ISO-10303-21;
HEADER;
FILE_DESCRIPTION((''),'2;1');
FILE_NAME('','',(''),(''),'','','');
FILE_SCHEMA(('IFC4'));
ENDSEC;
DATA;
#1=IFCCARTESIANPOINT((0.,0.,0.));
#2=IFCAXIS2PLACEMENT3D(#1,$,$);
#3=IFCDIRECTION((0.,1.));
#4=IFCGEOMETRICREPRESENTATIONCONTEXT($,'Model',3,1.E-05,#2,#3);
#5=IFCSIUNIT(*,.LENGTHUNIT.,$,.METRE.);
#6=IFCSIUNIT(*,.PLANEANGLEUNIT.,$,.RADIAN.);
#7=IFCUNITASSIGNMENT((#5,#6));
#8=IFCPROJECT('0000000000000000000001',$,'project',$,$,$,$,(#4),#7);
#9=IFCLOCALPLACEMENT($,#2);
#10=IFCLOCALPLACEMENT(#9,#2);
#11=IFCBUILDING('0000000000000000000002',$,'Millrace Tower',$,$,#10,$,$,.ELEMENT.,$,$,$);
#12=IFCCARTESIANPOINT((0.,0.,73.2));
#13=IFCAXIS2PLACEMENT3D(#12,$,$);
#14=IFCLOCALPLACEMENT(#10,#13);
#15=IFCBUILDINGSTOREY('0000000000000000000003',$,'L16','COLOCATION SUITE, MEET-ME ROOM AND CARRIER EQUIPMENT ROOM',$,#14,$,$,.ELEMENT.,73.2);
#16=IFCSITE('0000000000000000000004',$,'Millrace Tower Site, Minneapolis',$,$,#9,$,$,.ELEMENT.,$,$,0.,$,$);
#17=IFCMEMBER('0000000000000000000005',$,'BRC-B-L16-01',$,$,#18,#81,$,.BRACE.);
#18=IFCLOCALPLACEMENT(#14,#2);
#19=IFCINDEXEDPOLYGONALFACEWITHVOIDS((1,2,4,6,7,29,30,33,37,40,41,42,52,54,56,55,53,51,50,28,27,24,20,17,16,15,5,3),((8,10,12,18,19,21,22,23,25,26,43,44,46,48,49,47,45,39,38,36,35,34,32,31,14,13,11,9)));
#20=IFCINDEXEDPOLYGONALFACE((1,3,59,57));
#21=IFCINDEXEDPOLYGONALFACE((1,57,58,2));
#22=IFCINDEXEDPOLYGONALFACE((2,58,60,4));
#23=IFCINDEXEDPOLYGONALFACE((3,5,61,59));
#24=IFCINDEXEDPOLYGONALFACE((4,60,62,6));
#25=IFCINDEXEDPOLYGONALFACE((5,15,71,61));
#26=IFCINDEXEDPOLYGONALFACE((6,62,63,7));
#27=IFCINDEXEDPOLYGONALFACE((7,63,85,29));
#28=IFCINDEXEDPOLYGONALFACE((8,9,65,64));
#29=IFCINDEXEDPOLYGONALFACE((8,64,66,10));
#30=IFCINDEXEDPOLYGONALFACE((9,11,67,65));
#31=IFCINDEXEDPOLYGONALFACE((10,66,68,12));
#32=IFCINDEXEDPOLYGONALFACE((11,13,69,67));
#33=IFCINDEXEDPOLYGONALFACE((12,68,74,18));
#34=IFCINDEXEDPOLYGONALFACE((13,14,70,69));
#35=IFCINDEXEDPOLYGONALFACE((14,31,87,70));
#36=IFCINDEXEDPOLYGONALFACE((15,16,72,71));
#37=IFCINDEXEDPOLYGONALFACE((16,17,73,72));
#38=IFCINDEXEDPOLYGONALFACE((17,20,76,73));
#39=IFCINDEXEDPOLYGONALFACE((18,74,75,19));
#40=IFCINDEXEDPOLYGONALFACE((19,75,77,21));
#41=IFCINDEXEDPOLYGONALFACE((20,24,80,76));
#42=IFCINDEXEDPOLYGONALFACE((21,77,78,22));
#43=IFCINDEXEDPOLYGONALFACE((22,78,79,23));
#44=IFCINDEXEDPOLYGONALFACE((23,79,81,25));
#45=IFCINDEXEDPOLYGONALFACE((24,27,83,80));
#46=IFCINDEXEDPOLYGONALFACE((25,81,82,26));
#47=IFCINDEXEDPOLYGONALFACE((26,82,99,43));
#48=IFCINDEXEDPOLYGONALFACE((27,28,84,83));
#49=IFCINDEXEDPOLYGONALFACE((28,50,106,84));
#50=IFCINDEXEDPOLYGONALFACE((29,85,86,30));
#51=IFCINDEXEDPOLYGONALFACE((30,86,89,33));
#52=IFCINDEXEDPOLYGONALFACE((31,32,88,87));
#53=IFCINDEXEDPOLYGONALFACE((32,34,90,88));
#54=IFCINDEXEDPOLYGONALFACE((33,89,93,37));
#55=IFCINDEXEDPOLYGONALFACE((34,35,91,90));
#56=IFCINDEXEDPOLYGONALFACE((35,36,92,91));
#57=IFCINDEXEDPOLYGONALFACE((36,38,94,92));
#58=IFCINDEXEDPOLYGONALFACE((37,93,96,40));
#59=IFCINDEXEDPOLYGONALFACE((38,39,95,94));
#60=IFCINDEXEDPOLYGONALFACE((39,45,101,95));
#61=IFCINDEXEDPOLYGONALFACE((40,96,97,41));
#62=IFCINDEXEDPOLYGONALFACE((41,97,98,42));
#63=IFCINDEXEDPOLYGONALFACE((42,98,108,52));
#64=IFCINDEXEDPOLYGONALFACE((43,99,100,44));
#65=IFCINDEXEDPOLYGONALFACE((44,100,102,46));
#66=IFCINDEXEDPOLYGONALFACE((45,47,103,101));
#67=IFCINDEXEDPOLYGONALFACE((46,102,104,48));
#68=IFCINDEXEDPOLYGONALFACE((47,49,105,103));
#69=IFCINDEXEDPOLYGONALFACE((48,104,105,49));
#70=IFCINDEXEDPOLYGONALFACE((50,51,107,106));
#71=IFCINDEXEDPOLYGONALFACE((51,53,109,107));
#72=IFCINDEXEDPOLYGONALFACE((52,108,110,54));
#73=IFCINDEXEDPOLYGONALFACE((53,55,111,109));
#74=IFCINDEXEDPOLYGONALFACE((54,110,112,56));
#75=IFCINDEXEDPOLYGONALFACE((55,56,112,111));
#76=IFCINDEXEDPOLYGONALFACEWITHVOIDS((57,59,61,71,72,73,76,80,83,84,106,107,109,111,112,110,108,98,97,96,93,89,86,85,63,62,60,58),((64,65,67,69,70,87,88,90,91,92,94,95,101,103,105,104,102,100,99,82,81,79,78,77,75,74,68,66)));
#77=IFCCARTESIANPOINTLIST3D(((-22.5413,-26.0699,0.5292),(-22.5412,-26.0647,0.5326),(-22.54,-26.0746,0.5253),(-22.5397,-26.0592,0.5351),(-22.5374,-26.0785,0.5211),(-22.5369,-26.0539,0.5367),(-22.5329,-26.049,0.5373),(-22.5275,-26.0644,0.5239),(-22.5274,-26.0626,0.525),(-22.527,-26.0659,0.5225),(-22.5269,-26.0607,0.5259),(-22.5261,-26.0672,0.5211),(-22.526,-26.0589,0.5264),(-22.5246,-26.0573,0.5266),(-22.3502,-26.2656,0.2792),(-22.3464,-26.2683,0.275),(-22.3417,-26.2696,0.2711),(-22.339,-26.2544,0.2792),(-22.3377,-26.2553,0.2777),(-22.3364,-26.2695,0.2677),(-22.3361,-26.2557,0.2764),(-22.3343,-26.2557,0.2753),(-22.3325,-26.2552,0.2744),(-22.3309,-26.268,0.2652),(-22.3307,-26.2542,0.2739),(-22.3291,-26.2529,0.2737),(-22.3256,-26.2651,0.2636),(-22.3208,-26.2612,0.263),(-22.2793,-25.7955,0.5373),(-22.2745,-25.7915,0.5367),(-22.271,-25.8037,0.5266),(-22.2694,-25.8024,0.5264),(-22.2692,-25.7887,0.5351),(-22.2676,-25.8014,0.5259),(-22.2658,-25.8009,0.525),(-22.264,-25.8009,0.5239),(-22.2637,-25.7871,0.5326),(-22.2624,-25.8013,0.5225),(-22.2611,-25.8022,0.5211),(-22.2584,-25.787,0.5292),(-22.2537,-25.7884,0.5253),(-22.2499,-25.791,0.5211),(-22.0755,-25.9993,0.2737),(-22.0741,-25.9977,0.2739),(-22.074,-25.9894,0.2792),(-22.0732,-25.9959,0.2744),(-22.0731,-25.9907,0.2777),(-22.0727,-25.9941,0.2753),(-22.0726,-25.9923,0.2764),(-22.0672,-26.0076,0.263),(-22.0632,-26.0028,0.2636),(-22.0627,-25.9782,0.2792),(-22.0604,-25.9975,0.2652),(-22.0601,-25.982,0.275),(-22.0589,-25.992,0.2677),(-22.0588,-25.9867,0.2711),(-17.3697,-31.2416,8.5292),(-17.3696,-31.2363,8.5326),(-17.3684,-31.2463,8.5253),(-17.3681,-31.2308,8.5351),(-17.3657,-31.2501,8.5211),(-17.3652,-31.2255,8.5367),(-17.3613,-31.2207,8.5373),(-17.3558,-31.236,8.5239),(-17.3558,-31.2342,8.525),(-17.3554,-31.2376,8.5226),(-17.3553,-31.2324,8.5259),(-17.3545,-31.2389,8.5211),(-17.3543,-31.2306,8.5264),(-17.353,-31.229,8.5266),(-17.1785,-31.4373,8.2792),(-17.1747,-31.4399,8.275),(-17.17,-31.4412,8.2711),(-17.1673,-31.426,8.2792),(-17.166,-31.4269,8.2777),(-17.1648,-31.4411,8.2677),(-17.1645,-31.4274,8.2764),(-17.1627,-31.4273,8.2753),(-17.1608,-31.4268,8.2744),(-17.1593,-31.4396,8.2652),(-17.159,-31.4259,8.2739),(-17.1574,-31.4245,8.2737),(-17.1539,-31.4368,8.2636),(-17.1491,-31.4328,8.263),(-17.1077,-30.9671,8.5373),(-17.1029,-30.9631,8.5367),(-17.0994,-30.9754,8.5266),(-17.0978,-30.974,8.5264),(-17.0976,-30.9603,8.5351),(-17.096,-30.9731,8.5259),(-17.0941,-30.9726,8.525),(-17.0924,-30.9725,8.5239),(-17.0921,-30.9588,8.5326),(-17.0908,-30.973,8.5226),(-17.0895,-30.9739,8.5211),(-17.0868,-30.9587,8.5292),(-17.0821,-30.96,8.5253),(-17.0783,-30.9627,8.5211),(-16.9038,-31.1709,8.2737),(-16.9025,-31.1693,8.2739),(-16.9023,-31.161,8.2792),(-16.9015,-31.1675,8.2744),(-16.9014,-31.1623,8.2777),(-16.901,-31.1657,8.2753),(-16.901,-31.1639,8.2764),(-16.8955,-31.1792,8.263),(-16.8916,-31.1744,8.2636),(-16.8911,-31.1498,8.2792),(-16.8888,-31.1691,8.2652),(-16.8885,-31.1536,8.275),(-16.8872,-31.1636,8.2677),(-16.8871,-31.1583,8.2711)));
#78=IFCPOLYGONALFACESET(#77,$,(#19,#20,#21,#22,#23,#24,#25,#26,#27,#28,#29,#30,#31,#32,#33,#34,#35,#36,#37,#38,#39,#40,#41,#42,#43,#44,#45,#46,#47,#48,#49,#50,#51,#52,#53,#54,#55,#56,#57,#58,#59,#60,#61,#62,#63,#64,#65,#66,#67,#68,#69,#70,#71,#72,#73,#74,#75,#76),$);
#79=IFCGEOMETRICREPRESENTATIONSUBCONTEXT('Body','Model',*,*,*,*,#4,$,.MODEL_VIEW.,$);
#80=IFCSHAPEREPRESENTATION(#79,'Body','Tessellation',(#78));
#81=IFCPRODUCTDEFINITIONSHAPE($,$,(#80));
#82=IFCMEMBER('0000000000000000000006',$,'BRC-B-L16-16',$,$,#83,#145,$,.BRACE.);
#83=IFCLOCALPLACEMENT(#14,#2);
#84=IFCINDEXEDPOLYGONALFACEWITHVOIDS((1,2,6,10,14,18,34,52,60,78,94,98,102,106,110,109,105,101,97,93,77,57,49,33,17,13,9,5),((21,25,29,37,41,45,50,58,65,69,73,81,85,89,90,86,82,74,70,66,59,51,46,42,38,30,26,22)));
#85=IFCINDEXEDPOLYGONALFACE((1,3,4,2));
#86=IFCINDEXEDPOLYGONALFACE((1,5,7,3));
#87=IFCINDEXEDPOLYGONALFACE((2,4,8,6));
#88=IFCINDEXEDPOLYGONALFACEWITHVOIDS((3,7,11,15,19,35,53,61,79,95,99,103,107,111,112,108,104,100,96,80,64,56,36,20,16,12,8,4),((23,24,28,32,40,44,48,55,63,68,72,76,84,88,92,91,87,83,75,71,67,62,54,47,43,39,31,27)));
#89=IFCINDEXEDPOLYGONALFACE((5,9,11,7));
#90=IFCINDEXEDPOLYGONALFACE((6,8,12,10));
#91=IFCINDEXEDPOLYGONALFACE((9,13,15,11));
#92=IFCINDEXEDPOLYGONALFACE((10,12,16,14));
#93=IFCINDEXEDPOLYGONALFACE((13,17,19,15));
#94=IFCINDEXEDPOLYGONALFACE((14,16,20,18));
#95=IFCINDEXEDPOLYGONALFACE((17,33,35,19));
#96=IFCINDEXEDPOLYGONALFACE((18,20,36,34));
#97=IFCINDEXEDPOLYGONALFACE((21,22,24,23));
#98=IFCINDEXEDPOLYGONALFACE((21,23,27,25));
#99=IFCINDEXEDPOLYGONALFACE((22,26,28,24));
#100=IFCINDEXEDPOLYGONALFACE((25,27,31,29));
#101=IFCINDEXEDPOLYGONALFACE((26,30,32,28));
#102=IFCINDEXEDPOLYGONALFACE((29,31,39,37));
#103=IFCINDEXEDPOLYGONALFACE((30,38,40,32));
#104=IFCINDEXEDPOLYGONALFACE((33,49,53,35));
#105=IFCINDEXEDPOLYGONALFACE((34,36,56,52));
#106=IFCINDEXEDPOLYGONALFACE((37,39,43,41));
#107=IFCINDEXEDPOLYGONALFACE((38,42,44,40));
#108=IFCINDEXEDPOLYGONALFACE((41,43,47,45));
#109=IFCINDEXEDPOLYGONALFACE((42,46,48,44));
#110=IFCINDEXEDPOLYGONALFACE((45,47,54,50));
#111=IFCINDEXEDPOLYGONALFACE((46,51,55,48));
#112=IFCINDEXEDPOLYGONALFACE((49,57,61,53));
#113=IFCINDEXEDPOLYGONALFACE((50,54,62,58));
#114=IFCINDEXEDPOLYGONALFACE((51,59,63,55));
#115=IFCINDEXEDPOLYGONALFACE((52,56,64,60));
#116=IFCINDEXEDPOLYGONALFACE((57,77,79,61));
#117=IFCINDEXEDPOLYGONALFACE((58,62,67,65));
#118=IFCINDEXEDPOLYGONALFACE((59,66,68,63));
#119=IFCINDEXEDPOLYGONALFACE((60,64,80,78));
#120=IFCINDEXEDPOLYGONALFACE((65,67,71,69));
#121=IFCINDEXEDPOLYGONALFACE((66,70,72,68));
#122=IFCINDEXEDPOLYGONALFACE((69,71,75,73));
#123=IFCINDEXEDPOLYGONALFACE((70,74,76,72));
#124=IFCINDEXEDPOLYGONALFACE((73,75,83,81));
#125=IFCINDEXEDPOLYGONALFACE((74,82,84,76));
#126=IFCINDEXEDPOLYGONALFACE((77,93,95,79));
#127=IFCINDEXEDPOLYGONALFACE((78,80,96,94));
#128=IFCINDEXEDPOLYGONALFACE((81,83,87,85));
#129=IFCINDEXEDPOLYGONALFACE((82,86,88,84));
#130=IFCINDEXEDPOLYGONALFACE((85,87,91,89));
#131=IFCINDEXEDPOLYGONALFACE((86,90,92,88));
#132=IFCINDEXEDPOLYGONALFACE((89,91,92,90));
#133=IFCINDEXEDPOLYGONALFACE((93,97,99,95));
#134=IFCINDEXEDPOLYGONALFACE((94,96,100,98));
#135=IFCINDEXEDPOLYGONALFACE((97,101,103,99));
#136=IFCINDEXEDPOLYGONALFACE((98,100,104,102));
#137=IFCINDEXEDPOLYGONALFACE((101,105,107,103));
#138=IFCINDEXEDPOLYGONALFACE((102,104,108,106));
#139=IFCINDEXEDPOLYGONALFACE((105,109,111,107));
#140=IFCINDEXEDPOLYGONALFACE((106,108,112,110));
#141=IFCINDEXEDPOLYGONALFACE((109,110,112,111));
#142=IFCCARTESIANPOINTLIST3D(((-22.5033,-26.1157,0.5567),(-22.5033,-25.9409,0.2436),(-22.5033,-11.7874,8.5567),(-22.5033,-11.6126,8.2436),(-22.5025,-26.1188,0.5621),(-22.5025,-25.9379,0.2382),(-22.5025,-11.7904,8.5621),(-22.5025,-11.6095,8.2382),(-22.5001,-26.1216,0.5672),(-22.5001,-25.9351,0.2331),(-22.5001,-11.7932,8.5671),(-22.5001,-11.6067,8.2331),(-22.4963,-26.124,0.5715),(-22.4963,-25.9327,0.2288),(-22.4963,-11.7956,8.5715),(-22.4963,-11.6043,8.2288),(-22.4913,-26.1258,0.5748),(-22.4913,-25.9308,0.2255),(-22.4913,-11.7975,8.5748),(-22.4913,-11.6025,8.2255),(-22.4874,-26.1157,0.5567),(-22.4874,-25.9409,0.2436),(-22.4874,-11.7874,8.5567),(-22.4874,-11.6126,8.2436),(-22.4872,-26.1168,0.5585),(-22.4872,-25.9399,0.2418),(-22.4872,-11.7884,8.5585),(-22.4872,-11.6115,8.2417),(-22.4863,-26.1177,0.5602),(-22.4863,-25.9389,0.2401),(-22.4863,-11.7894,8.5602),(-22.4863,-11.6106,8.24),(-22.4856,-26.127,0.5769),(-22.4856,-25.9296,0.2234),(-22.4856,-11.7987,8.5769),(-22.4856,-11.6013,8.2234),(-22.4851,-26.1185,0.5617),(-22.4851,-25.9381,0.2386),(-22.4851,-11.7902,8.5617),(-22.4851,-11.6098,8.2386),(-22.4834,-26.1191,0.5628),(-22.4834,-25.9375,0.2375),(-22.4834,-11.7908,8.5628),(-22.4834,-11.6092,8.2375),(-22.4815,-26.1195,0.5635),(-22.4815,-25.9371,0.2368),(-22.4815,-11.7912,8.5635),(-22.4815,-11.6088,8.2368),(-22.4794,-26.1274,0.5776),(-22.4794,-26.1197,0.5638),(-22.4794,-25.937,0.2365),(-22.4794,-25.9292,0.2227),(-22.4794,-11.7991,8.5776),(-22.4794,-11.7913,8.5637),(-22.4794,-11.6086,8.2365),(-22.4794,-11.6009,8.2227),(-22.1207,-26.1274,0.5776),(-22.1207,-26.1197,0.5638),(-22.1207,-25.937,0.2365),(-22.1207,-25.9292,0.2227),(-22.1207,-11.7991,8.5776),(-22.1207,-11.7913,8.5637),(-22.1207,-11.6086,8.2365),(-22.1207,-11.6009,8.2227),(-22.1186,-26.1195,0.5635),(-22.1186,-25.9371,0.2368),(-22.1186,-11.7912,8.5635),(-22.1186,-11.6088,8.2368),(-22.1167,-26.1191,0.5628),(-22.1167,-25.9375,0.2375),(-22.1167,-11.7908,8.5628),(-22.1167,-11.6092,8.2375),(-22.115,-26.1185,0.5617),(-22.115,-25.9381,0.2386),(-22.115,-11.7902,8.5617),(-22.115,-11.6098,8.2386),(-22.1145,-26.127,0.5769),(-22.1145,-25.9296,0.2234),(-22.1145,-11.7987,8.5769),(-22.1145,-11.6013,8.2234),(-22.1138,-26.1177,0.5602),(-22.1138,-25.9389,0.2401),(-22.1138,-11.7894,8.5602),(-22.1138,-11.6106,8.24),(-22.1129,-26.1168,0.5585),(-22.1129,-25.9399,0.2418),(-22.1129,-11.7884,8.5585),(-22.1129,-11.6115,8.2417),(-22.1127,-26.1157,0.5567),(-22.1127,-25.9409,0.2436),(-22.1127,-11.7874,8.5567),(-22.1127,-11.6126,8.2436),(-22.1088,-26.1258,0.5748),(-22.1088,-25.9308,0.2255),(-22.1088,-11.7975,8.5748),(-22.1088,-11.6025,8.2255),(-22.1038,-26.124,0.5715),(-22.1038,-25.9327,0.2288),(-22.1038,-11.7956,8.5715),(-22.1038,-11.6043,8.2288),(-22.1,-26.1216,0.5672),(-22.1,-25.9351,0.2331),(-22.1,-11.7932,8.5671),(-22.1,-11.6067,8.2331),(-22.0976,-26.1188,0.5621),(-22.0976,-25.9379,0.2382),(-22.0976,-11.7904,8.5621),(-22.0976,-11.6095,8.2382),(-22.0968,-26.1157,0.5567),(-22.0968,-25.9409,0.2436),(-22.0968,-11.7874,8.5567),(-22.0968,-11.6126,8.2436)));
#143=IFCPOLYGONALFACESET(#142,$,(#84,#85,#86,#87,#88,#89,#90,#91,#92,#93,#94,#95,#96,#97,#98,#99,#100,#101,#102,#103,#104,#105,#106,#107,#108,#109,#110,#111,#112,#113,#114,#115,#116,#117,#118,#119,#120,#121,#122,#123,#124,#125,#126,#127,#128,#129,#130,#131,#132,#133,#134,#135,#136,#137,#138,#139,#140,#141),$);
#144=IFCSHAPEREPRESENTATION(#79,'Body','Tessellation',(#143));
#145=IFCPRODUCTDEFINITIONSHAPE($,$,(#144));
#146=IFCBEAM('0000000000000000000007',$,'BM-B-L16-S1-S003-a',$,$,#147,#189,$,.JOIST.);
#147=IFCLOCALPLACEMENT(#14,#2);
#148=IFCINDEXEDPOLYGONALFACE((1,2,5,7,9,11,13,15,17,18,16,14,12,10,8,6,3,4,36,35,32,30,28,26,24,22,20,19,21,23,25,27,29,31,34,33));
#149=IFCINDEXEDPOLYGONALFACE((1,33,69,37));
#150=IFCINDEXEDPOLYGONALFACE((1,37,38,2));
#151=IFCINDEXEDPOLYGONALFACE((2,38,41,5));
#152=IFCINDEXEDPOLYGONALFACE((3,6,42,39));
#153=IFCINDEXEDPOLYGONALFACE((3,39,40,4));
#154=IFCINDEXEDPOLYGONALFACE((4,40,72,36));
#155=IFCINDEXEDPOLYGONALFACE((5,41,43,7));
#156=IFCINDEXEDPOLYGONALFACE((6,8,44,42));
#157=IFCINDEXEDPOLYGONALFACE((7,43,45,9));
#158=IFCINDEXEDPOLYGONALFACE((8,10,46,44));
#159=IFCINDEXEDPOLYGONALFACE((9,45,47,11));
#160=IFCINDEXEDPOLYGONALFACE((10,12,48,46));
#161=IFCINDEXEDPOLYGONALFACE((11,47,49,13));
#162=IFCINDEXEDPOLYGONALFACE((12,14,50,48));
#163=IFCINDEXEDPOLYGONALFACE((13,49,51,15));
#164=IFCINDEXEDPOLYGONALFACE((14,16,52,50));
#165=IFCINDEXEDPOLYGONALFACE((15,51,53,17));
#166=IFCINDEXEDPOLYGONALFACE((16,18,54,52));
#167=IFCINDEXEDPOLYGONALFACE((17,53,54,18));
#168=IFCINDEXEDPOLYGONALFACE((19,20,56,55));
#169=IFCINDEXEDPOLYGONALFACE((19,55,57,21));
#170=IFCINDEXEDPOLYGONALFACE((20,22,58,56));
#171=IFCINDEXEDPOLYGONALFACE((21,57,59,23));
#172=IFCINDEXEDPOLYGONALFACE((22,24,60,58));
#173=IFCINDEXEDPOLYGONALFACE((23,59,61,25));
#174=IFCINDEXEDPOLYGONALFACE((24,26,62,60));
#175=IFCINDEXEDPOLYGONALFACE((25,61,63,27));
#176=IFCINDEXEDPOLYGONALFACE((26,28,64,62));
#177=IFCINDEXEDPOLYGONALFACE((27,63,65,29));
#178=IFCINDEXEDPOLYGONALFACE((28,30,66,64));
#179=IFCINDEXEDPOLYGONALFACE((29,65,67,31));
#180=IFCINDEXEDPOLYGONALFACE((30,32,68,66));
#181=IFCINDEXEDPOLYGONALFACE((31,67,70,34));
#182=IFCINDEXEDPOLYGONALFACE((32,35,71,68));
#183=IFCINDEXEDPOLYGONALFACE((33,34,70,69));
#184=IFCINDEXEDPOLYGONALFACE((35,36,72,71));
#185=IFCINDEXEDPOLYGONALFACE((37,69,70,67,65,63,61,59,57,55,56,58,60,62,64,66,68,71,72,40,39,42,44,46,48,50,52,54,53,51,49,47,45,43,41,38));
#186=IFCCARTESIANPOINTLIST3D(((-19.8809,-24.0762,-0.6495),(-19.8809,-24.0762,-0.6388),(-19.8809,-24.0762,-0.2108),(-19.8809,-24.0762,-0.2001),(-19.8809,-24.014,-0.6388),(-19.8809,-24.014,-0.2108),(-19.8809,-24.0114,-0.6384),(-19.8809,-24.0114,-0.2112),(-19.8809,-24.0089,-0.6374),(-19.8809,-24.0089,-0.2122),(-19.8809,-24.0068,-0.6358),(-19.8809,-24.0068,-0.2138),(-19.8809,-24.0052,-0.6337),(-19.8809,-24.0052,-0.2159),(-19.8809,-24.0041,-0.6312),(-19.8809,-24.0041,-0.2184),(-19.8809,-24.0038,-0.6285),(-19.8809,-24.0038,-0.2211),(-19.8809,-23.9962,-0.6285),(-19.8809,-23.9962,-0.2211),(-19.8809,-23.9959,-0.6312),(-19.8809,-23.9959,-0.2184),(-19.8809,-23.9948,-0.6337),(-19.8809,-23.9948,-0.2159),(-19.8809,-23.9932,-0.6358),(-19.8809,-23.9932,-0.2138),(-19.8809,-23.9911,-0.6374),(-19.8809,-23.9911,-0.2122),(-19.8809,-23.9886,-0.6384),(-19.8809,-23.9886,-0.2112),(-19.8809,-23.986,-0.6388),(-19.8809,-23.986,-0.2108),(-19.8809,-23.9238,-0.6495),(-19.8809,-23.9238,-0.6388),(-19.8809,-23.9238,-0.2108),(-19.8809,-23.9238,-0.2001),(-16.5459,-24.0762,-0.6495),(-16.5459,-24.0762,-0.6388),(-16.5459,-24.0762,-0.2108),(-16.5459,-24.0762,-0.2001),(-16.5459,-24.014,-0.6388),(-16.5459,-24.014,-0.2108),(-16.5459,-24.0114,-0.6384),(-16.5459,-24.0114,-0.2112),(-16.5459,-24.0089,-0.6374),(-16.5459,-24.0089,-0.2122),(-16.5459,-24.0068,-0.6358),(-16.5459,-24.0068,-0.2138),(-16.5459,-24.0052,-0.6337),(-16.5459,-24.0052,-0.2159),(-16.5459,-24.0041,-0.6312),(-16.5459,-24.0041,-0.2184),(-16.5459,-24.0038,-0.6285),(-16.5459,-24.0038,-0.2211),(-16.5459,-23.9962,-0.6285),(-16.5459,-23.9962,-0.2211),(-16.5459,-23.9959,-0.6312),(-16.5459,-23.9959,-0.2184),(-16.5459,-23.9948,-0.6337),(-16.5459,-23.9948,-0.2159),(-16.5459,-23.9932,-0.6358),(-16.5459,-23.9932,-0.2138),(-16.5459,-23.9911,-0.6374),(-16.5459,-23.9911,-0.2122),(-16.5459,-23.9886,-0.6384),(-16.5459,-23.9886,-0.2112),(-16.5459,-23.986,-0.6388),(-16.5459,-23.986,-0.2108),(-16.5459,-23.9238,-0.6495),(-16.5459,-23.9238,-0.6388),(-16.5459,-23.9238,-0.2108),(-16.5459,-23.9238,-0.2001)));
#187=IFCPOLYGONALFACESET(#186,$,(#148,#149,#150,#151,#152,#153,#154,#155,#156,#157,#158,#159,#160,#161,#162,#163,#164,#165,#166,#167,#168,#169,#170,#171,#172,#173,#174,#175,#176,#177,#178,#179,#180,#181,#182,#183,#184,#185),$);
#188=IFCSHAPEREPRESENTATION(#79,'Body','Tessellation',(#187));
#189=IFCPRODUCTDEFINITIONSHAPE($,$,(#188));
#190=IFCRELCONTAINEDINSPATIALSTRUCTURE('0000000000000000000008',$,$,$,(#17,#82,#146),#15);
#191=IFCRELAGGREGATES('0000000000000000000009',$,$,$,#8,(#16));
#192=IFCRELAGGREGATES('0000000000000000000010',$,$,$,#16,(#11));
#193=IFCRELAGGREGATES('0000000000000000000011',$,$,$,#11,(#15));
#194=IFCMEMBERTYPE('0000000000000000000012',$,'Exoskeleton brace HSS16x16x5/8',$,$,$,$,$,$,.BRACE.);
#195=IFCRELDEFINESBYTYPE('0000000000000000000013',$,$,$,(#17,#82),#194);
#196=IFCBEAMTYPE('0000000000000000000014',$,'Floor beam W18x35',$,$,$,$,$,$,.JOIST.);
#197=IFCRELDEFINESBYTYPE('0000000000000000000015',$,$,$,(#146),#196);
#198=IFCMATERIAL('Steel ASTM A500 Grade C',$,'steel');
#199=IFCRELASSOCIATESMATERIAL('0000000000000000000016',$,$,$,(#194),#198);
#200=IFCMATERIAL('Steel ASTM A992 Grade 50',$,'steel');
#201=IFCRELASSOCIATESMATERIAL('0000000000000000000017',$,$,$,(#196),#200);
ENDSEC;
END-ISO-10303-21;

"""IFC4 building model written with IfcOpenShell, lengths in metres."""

from ifc_helpers import new_model, si_unit, direction, frame, origin, origin_2d, place, context, subcontext, project, spatial, hollow_rectangle, i_section, extrude, material, material_profile, profile_set, type_object, element, save


model = new_model("IFC4")

# Units and contexts
model_context = context("Model", 3, precision=1e-05, world=origin(), true_north=direction((0.0, 1.0)))
body_context = subcontext(model_context, "Body", "Model", "MODEL_VIEW")
ifc_project = project(units=[si_unit("LENGTHUNIT", "METRE"), si_unit("PLANEANGLEUNIT", "RADIAN")], contexts=[model_context])

# Site, building, storey
site_placement = place(None, origin())
site = spatial("IfcSite", under=ifc_project, at=site_placement, Name="Millrace Tower Site, Minneapolis", CompositionType="ELEMENT", RefElevation=0.0)
building_placement = place(site_placement, origin())
building = spatial("IfcBuilding", under=site, at=building_placement, Name="Millrace Tower", CompositionType="ELEMENT")
storey_placement = place(building_placement, frame((0.0, 0.0, 73.2)))
storey = spatial("IfcBuildingStorey", under=building, at=storey_placement, Name="L16", Description="COLOCATION SUITE, MEET-ME ROOM AND CARRIER EQUIPMENT ROOM", CompositionType="ELEMENT", Elevation=73.2)

# Members
ifc_material_1 = material(Name="Steel ASTM A500 Grade C", Category="steel")
ifc_material_profile_1 = material_profile(ifc_material_1, hollow_rectangle(XDim=0.4065, YDim=0.4065, WallThickness=0.0159, InnerFilletRadius=0.0081, OuterFilletRadius=0.0239, at=origin_2d()))
ifc_profile_set_1 = profile_set([ifc_material_profile_1], Name="Steel ASTM A500 Grade C")
member_type_1 = type_object("IfcMemberType", Name="Exoskeleton brace HSS16x16x5/8", PredefinedType="BRACE", material=ifc_profile_set_1)
member_1_placement = place(storey_placement, frame((-22.3, -26.0283, 0.4001), z_axis=(0.477116, -0.477116, 0.738052), x_axis=(0.707107, 0.707107, 0.0)))
element("IfcMember", 1, at=member_1_placement, inside=storey, type_object=member_type_1, Name="BRC-B-L16-01", PredefinedType="BRACE", context=body_context, shape_type="SweptSolid", body=[
    extrude(hollow_rectangle(XDim=0.4065, YDim=0.4065, WallThickness=0.0159, InnerFilletRadius=0.0081, OuterFilletRadius=0.0239, at=origin_2d()), origin(), (0.0, 0.0, 1.0), 10.8394),
])
member_2_placement = place(storey_placement, frame((-22.3, -26.0283, 0.4001), z_axis=(0.0, 0.873126, 0.487495), x_axis=(-1.0, 0.0, 0.0)))
element("IfcMember", 2, at=member_2_placement, inside=storey, type_object=member_type_1, Name="BRC-B-L16-16", PredefinedType="BRACE", context=body_context, shape_type="SweptSolid", body=[
    extrude(hollow_rectangle(XDim=0.4065, YDim=0.4065, WallThickness=0.0159, InnerFilletRadius=0.0081, OuterFilletRadius=0.0239, at=origin_2d()), origin(), (0.0, 0.0, 1.0), 16.4104),
])

# Beam
ifc_material_2 = material(Name="Steel ASTM A992 Grade 50", Category="steel")
ifc_material_profile_2 = material_profile(ifc_material_2, i_section(OverallWidth=0.1523, OverallDepth=0.4495, WebThickness=0.0076, FlangeThickness=0.0107, FilletRadius=0.0103, at=origin_2d()))
ifc_profile_set_2 = profile_set([ifc_material_profile_2], Name="Steel ASTM A992 Grade 50")
beam_type_1 = type_object("IfcBeamType", Name="Floor beam W18x35", PredefinedType="JOIST", material=ifc_profile_set_2)
beam_1_placement = place(storey_placement, frame((-19.8809, -24.0, -0.4248), z_axis=(1.0, 0.0, 0.0), x_axis=(0.0, 1.0, 0.0)))
element("IfcBeam", 3, at=beam_1_placement, inside=storey, type_object=beam_type_1, Name="BM-B-L16-S1-S003-a", PredefinedType="JOIST", context=body_context, shape_type="SweptSolid", body=[
    extrude(i_section(OverallWidth=0.1523, OverallDepth=0.4495, WebThickness=0.0076, FlangeThickness=0.0107, FilletRadius=0.0103, at=origin_2d()), origin(), (0.0, 0.0, 1.0), 3.335),
])

save(model, "model.ifc")
